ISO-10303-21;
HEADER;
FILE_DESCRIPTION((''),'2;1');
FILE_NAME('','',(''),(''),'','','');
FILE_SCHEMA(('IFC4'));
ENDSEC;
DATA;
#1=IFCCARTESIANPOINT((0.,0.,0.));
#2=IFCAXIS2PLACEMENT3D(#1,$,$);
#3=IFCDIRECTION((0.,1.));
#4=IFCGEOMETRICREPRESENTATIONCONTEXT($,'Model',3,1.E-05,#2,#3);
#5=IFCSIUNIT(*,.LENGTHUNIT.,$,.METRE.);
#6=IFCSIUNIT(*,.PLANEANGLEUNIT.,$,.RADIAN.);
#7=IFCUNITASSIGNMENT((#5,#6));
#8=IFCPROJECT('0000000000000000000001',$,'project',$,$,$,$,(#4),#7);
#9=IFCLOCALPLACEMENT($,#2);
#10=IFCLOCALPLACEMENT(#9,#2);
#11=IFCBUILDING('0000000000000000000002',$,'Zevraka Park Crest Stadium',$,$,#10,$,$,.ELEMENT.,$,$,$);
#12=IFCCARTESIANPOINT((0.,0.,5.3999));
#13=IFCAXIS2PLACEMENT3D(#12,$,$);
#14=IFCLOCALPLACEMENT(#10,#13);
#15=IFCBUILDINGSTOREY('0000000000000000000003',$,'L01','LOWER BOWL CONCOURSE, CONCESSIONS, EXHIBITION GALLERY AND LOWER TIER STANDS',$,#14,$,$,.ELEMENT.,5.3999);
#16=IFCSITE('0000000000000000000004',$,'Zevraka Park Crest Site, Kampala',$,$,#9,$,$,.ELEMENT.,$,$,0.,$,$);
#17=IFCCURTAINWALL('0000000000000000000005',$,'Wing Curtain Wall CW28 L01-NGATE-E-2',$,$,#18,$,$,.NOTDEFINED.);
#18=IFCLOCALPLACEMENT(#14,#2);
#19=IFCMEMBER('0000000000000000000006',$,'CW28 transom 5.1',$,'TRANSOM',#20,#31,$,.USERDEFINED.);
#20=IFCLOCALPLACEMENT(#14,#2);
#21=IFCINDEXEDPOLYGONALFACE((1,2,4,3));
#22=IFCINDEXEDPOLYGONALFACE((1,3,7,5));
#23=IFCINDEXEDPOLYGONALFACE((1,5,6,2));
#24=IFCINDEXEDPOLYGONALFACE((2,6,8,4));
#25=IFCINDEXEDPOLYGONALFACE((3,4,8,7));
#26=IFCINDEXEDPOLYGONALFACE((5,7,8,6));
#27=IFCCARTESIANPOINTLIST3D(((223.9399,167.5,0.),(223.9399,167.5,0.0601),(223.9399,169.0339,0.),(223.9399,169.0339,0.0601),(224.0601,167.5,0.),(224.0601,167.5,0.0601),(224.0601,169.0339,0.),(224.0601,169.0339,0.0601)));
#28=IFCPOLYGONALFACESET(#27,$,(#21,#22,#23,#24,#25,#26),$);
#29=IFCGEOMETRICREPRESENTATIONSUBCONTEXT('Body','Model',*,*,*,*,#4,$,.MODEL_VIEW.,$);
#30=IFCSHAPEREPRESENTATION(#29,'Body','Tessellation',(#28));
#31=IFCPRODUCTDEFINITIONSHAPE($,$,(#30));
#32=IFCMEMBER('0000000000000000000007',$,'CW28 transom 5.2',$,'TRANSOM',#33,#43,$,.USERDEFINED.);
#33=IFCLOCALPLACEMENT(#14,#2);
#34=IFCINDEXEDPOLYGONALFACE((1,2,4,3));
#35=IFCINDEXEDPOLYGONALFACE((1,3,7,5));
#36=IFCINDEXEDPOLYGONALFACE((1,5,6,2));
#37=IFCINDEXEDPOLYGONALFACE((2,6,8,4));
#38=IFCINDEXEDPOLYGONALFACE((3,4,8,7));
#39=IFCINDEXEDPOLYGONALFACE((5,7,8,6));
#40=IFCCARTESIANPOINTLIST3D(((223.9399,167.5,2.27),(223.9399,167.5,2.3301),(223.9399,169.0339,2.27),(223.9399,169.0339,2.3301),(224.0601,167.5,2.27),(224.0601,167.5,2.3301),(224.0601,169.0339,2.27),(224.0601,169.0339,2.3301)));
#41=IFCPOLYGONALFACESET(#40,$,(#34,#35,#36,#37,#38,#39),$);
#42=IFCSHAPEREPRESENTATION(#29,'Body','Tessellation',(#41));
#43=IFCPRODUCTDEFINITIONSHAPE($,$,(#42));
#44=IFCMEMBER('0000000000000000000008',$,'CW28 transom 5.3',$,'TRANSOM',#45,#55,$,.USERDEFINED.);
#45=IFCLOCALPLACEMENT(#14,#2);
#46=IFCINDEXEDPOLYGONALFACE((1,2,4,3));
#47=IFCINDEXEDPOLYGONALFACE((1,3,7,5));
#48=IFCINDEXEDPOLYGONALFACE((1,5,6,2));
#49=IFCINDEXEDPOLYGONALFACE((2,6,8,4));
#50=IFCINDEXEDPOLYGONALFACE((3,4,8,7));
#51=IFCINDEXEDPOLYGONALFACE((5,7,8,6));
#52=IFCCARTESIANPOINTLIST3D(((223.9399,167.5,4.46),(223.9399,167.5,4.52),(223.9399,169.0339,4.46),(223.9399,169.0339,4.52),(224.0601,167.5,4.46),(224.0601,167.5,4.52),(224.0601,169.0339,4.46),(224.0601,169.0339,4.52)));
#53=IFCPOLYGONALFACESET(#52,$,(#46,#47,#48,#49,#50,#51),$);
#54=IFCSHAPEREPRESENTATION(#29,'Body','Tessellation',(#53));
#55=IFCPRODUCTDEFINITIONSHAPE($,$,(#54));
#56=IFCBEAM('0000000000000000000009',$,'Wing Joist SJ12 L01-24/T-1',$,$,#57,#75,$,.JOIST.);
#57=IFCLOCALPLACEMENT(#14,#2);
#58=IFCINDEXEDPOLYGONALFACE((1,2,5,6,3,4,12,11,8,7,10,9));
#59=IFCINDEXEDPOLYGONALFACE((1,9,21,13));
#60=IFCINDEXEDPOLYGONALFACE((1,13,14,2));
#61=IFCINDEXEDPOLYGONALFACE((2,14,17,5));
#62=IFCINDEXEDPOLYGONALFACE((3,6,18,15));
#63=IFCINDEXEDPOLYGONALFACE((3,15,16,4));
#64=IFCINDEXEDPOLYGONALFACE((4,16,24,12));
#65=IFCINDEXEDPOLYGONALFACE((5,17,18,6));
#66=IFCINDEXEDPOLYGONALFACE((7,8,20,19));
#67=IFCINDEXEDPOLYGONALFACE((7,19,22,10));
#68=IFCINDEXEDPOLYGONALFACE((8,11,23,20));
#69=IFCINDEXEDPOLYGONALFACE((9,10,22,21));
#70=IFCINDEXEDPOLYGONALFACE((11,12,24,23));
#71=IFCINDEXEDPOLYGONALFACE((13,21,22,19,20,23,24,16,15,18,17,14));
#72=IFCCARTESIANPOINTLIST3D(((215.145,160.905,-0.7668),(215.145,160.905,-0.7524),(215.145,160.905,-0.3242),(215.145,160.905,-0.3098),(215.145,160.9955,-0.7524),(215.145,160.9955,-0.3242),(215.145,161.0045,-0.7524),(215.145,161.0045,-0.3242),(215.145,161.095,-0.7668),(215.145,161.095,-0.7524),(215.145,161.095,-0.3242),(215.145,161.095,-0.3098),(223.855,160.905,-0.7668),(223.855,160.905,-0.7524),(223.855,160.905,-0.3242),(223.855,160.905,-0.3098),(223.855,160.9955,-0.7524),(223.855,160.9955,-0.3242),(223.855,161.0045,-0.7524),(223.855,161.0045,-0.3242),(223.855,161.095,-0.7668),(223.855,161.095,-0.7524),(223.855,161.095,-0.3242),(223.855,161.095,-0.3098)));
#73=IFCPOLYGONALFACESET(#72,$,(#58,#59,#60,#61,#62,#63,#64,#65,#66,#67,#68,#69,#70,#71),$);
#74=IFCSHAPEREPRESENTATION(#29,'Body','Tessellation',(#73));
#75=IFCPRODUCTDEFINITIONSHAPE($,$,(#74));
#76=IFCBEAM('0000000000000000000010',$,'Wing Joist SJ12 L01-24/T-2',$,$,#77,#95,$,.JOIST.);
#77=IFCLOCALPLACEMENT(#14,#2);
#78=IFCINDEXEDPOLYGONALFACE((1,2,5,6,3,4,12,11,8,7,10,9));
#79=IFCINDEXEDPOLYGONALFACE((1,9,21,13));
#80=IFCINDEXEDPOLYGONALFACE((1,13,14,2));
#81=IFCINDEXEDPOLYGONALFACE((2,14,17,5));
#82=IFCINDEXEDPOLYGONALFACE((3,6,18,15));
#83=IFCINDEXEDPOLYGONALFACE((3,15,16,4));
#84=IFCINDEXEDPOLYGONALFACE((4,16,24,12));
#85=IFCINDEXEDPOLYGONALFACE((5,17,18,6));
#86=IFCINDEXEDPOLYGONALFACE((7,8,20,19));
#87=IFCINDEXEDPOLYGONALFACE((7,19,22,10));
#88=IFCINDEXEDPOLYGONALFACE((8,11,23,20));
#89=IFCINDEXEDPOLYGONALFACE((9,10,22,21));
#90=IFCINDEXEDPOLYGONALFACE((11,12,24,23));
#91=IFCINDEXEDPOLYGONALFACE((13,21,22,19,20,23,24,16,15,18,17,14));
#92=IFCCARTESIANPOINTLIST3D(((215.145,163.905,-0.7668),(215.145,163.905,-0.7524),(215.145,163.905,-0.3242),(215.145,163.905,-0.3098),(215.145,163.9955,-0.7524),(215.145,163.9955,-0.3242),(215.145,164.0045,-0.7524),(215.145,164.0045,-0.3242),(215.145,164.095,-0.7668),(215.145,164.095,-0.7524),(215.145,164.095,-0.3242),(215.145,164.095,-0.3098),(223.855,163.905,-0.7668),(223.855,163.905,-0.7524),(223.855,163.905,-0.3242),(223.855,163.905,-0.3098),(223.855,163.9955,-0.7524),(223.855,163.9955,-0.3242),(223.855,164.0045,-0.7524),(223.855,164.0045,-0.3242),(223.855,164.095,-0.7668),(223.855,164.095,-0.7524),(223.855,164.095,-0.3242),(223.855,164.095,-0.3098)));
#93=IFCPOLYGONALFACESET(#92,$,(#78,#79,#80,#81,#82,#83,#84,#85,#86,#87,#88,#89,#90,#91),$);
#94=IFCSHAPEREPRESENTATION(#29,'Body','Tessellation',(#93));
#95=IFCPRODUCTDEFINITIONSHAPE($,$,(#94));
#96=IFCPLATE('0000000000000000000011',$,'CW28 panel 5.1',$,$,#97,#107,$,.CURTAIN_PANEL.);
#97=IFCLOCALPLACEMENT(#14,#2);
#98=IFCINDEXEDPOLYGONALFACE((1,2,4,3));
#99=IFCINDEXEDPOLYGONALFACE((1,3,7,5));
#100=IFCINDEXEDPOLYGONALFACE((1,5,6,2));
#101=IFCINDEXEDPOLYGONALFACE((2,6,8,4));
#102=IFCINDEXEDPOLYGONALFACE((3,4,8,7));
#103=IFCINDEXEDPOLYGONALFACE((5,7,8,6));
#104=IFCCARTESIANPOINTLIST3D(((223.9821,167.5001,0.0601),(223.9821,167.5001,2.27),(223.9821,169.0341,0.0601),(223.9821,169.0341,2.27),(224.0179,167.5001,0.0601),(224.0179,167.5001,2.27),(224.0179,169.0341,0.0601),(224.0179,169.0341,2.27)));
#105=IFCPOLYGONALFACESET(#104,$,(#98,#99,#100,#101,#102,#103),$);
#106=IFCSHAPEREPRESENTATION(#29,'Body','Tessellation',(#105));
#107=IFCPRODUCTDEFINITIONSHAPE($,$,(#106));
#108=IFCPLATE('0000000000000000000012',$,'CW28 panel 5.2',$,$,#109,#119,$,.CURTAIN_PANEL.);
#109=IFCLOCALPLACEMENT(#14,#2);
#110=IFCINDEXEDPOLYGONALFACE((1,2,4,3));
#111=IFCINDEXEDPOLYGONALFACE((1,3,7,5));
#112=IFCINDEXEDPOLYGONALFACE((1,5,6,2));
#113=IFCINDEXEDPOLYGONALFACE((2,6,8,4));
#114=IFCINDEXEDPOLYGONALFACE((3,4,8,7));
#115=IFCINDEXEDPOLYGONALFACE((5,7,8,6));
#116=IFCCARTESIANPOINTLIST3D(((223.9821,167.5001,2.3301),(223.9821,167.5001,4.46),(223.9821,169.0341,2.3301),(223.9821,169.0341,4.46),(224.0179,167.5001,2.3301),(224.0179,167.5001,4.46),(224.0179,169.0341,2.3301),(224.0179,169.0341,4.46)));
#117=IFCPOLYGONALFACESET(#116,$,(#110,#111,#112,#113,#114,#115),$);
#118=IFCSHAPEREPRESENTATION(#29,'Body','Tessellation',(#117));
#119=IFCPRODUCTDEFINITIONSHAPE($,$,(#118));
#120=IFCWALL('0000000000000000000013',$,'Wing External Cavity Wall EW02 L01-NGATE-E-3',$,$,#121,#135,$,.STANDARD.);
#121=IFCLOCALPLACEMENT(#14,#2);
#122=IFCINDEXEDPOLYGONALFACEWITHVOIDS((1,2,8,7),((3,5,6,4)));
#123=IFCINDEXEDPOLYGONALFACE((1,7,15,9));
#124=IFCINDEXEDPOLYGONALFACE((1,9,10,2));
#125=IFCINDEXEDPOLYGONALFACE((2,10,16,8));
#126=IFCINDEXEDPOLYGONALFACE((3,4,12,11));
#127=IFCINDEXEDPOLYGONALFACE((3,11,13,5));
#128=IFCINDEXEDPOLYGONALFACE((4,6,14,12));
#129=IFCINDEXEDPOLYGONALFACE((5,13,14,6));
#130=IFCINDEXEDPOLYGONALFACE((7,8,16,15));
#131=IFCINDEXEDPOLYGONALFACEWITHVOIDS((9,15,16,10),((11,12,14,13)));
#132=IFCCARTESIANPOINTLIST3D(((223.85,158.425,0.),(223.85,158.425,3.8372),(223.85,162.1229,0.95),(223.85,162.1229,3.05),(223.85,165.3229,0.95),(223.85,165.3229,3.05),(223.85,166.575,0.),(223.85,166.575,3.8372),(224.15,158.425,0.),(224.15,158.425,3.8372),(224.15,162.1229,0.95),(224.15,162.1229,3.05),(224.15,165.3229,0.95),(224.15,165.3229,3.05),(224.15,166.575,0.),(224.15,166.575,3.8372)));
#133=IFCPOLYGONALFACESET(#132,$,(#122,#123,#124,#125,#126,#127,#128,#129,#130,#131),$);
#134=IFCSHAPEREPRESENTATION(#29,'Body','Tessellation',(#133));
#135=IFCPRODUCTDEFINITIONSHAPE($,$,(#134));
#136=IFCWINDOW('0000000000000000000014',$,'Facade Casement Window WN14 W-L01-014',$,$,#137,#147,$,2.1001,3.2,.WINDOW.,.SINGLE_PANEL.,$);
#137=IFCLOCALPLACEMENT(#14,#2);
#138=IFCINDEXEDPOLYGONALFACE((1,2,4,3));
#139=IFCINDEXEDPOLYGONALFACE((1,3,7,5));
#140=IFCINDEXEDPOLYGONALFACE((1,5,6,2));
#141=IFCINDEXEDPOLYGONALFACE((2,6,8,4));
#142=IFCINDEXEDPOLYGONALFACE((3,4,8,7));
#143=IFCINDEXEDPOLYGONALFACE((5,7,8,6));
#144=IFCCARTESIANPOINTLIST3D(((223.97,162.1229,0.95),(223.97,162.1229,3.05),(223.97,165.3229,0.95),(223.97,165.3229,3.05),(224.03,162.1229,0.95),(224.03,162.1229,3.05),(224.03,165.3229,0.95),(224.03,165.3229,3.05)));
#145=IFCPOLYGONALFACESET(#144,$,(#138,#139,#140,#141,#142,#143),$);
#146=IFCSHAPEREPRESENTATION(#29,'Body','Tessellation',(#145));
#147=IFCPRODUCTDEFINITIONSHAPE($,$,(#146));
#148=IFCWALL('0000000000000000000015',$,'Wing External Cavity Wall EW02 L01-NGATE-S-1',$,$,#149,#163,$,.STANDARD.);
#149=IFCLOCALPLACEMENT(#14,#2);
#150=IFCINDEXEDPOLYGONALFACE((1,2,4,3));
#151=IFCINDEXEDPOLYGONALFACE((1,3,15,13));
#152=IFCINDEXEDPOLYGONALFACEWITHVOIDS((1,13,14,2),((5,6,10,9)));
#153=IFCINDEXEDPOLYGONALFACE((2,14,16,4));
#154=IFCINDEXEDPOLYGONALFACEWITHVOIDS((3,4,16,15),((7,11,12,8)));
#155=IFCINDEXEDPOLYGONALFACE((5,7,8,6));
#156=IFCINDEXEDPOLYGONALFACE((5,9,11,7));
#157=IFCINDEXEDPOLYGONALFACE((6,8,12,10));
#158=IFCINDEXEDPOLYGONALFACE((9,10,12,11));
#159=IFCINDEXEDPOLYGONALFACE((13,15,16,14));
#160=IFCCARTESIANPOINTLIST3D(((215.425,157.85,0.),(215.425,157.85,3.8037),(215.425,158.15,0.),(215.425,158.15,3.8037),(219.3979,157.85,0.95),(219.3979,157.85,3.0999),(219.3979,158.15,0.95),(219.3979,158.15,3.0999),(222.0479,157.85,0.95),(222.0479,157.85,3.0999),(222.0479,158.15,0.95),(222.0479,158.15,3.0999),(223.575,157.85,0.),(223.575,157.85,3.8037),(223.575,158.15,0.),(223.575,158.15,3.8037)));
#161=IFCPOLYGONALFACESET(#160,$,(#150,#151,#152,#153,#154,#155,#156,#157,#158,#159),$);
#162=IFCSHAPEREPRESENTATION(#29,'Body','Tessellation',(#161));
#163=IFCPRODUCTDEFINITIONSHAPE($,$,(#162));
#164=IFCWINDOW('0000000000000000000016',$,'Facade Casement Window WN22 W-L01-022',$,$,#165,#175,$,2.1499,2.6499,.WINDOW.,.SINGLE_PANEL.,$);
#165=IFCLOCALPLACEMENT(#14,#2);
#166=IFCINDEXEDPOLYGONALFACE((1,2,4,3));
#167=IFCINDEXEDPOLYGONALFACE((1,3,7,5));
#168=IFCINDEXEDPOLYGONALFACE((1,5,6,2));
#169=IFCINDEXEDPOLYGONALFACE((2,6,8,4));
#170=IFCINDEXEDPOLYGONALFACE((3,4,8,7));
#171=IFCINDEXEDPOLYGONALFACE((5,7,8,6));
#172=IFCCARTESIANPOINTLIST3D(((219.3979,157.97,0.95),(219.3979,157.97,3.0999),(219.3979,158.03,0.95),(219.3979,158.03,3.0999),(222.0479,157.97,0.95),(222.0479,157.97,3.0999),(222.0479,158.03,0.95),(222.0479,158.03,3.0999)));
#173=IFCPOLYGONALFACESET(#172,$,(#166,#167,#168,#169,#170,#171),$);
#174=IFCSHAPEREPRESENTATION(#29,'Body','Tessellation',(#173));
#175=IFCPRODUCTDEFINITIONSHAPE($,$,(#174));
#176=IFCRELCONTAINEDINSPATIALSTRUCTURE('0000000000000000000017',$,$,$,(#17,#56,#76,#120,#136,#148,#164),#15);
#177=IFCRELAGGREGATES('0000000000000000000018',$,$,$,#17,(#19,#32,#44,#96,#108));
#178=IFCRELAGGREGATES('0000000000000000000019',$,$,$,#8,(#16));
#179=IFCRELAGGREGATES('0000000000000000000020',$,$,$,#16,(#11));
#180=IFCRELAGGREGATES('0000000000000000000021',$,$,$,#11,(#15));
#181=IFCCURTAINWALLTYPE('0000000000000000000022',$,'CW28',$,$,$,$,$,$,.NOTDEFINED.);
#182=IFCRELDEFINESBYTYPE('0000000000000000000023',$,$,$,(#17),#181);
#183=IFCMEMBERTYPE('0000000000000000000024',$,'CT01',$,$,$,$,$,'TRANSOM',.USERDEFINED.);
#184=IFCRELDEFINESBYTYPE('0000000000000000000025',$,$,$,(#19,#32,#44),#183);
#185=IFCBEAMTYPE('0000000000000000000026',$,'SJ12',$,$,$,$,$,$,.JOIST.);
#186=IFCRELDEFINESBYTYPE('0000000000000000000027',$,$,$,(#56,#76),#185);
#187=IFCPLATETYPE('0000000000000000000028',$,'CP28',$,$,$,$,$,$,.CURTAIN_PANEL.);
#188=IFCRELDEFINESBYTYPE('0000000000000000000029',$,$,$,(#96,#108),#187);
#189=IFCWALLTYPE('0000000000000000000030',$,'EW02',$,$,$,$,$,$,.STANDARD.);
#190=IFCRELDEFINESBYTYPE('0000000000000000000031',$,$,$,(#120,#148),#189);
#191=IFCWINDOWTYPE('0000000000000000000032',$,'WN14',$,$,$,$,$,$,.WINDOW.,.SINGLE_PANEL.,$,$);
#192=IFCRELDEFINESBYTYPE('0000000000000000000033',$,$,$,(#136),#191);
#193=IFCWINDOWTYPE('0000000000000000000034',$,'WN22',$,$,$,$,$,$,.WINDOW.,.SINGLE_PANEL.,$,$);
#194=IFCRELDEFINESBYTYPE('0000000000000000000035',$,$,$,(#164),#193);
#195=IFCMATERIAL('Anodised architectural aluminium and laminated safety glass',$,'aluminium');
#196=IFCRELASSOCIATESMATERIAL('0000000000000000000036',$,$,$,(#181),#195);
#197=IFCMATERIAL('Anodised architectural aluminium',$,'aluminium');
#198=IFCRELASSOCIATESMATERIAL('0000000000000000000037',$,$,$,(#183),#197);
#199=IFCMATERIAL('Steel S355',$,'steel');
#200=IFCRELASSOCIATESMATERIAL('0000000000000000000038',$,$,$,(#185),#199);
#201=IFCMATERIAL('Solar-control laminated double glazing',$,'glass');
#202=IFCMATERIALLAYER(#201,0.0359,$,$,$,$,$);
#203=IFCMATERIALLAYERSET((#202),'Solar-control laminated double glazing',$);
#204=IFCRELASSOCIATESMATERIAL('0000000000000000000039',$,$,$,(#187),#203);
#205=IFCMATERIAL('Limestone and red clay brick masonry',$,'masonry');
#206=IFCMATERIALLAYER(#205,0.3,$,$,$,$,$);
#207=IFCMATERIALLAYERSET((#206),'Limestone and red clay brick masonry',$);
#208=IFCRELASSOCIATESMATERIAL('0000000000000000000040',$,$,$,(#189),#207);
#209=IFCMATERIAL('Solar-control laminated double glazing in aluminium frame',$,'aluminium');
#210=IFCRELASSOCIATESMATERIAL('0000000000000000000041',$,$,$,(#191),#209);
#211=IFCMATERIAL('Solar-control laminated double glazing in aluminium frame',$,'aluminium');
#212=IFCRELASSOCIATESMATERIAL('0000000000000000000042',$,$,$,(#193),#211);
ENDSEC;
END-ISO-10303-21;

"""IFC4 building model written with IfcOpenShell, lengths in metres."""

from ifc_helpers import new_model, si_unit, direction, frame, frame_2d, origin, origin_2d, place, context, subcontext, project, spatial, rectangle, i_section, extrude, material, layer, layer_set, material_profile, profile_set, type_object, element, fill, aggregate, save


model = new_model("IFC4")

# Units and contexts
model_context = context("Model", 3, precision=1e-05, world=origin(), true_north=direction((0.0, 1.0)))
body_context = subcontext(model_context, "Body", "Model", "MODEL_VIEW")
ifc_project = project(units=[si_unit("LENGTHUNIT", "METRE"), si_unit("PLANEANGLEUNIT", "RADIAN")], contexts=[model_context])

# Site, building, storey
site_placement = place(None, origin())
site = spatial("IfcSite", under=ifc_project, at=site_placement, Name="Zevraka Park Crest Site, Kampala", CompositionType="ELEMENT", RefElevation=0.0)
building_placement = place(site_placement, origin())
building = spatial("IfcBuilding", under=site, at=building_placement, Name="Zevraka Park Crest Stadium", CompositionType="ELEMENT")
storey_placement = place(building_placement, frame((0.0, 0.0, 5.3999)))
storey = spatial("IfcBuildingStorey", under=building, at=storey_placement, Name="L01", Description="LOWER BOWL CONCOURSE, CONCESSIONS, EXHIBITION GALLERY AND LOWER TIER STANDS", CompositionType="ELEMENT", Elevation=5.3999)

# Curtain wall, members
ifc_material_1 = material(Name="Anodised architectural aluminium and laminated safety glass", Category="aluminium")
curtain_wall_type = type_object("IfcCurtainWallType", Name="CW28", PredefinedType="NOTDEFINED", material=ifc_material_1)
curtain_wall_placement = place(storey_placement, origin())
curtain_wall = element("IfcCurtainWall", 1, at=curtain_wall_placement, inside=storey, type_object=curtain_wall_type, Name="Wing Curtain Wall CW28 L01-NGATE-E-2", PredefinedType="NOTDEFINED")
ifc_material_2 = material(Name="Anodised architectural aluminium", Category="aluminium")
ifc_material_profile_1 = material_profile(ifc_material_2, rectangle(XDim=0.1201, YDim=0.0601, at=origin_2d()), Name="ALU TRANSOM 120x60")
ifc_profile_set_1 = profile_set([ifc_material_profile_1], Name="Anodised architectural aluminium")
member_type_1 = type_object("IfcMemberType", Name="CT01", ElementType="TRANSOM", PredefinedType="USERDEFINED", material=ifc_profile_set_1)
member_1_placement = place(storey_placement, frame((224.0, 169.0339, 0.03), z_axis=(0.0, -1.0, 0.0), x_axis=(1.0, 0.0, 0.0)))
member_1 = element("IfcMember", 2, at=member_1_placement, type_object=member_type_1, Name="CW28 transom 5.1", ObjectType="TRANSOM", PredefinedType="USERDEFINED", context=body_context, shape_type="SweptSolid", body=[
    extrude(rectangle(XDim=0.1201, YDim=0.0601, at=origin_2d()), origin(), (0.0, 0.0, 1.0), 1.5339),
])
member_2_placement = place(storey_placement, frame((224.0, 169.0339, 2.3), z_axis=(0.0, -1.0, 0.0), x_axis=(1.0, 0.0, 0.0)))
member_2 = element("IfcMember", 3, at=member_2_placement, type_object=member_type_1, Name="CW28 transom 5.2", ObjectType="TRANSOM", PredefinedType="USERDEFINED", context=body_context, shape_type="SweptSolid", body=[
    extrude(rectangle(XDim=0.1201, YDim=0.0601, at=origin_2d()), origin(), (0.0, 0.0, 1.0), 1.5339),
])
member_3_placement = place(storey_placement, frame((224.0, 169.0339, 4.49), z_axis=(0.0, -1.0, 0.0), x_axis=(1.0, 0.0, 0.0)))
member_3 = element("IfcMember", 4, at=member_3_placement, type_object=member_type_1, Name="CW28 transom 5.3", ObjectType="TRANSOM", PredefinedType="USERDEFINED", context=body_context, shape_type="SweptSolid", body=[
    extrude(rectangle(XDim=0.1201, YDim=0.0601, at=origin_2d()), origin(), (0.0, 0.0, 1.0), 1.5339),
])

# Beams
ifc_material_3 = material(Name="Steel S355", Category="steel")
ifc_material_profile_2 = material_profile(ifc_material_3, i_section(OverallWidth=0.1899, OverallDepth=0.457, WebThickness=0.009, FlangeThickness=0.0144, at=origin_2d()), Name="UKB 457x191x74")
ifc_profile_set_2 = profile_set([ifc_material_profile_2], Name="Steel S355")
beam_type_1 = type_object("IfcBeamType", Name="SJ12", PredefinedType="JOIST", material=ifc_profile_set_2)
for number, where, z_axis, x_axis, name in (
    (5, (215.145, 161.0, -0.5383), (1.0, 0.0, 0.0), (0.0, 1.0, 0.0), "Wing Joist SJ12 L01-24/T-1"),
    (6, (215.145, 164.0, -0.5383), (1.0, 0.0, 0.0), (0.0, 1.0, 0.0), "Wing Joist SJ12 L01-24/T-2"),
):
    element("IfcBeam", number, at=place(storey_placement, frame(where, z_axis=z_axis, x_axis=x_axis)), inside=storey, type_object=beam_type_1, Name=name, PredefinedType="JOIST", context=body_context, shape_type="SweptSolid", body=[
        extrude(i_section(OverallWidth=0.1899, OverallDepth=0.457, WebThickness=0.009, FlangeThickness=0.0144, at=origin_2d()), origin(), (0.0, 0.0, 1.0), 8.71),
    ])

# Plates
ifc_material_4 = material(Name="Solar-control laminated double glazing", Category="glass")
ifc_layer_1 = layer(ifc_material_4, 0.0359)
ifc_layer_set_1 = layer_set([ifc_layer_1], Name="Solar-control laminated double glazing")
plate_type = type_object("IfcPlateType", Name="CP28", PredefinedType="CURTAIN_PANEL", material=ifc_layer_set_1)
plate_1_placement = place(storey_placement, frame((224.0, 168.2671, 0.0601), z_axis=(0.0, 0.0, 1.0), x_axis=(0.0, -1.0, 0.0)))
plate_1 = element("IfcPlate", 7, at=plate_1_placement, type_object=plate_type, Name="CW28 panel 5.1", PredefinedType="CURTAIN_PANEL", context=body_context, shape_type="SweptSolid", body=[
    extrude(rectangle(XDim=1.5339, YDim=0.0359, at=origin_2d()), origin(), (0.0, 0.0, 1.0), 2.21),
])
plate_2_placement = place(storey_placement, frame((224.0, 168.2671, 2.3301), z_axis=(0.0, 0.0, 1.0), x_axis=(0.0, -1.0, 0.0)))
plate_2 = element("IfcPlate", 8, at=plate_2_placement, type_object=plate_type, Name="CW28 panel 5.2", PredefinedType="CURTAIN_PANEL", context=body_context, shape_type="SweptSolid", body=[
    extrude(rectangle(XDim=1.5339, YDim=0.0359, at=origin_2d()), origin(), (0.0, 0.0, 1.0), 2.1299),
])
aggregate(curtain_wall, [member_1, member_2, member_3, plate_1, plate_2])

# Walls, openings, windows
ifc_material_5 = material(Name="Limestone and red clay brick masonry", Category="masonry")
ifc_layer_2 = layer(ifc_material_5, 0.3)
ifc_layer_set_2 = layer_set([ifc_layer_2], Name="Limestone and red clay brick masonry")
wall_type = type_object("IfcWallType", Name="EW02", PredefinedType="STANDARD", material=ifc_layer_set_2)
wall_1_placement = place(storey_placement, frame((224.0, 166.575, 0.0), z_axis=(0.0, 0.0, 1.0), x_axis=(0.0, -1.0, 0.0)))
wall_1 = element("IfcWall", 9, at=wall_1_placement, inside=storey, type_object=wall_type, Name="Wing External Cavity Wall EW02 L01-NGATE-E-3", PredefinedType="STANDARD", context=body_context, shape_type="SweptSolid", body=[
    extrude(rectangle(XDim=8.1499, YDim=0.3, at=frame_2d((4.075, 0.0))), origin(), (0.0, 0.0, 1.0), 3.8372),
])
opening_1_placement = place(wall_1_placement, frame((1.252, 0.0, 0.95)))
opening_1 = element("IfcOpeningElement", 10, at=opening_1_placement, cuts=wall_1, PredefinedType="OPENING", context=body_context, shape_type="SweptSolid", body=[
    extrude(rectangle(XDim=3.2, YDim=2.1001, at=frame_2d((1.6001, 1.05))), frame((0.0, 0.1599, 0.0), z_axis=(0.0, -1.0, 0.0), x_axis=(1.0, 0.0, 0.0)), (0.0, 0.0, 1.0), 0.3201),
])
ifc_material_6 = material(Name="Solar-control laminated double glazing in aluminium frame", Category="aluminium")
window_type_1 = type_object("IfcWindowType", Name="WN14", PartitioningType="SINGLE_PANEL", PredefinedType="WINDOW", material=ifc_material_6)
window_1_placement = place(opening_1_placement, origin())
window_1 = element("IfcWindow", 11, at=window_1_placement, inside=storey, type_object=window_type_1, Name="Facade Casement Window WN14 W-L01-014", OverallHeight=2.1001, OverallWidth=3.2, PartitioningType="SINGLE_PANEL", PredefinedType="WINDOW", context=body_context, shape_type="SweptSolid", body=[
    extrude(rectangle(XDim=3.2, YDim=2.1001, at=frame_2d((1.6001, 1.05))), frame((0.0, 0.03, 0.0), z_axis=(0.0, -1.0, 0.0), x_axis=(1.0, 0.0, 0.0)), (0.0, 0.0, 1.0), 0.0601),
])
fill(opening_1, window_1)
wall_2_placement = place(storey_placement, frame((223.575, 158.0, 0.0), z_axis=(0.0, 0.0, 1.0), x_axis=(-1.0, 0.0, 0.0)))
wall_2 = element("IfcWall", 12, at=wall_2_placement, inside=storey, type_object=wall_type, Name="Wing External Cavity Wall EW02 L01-NGATE-S-1", PredefinedType="STANDARD", context=body_context, shape_type="SweptSolid", body=[
    extrude(rectangle(XDim=8.1499, YDim=0.3, at=frame_2d((4.075, 0.0))), origin(), (0.0, 0.0, 1.0), 3.8037),
])
opening_2_placement = place(wall_2_placement, frame((1.5271, 0.0, 0.95)))
opening_2 = element("IfcOpeningElement", 13, at=opening_2_placement, cuts=wall_2, PredefinedType="OPENING", context=body_context, shape_type="SweptSolid", body=[
    extrude(rectangle(XDim=2.6499, YDim=2.1499, at=frame_2d((1.325, 1.075))), frame((0.0, 0.1599, 0.0), z_axis=(0.0, -1.0, 0.0), x_axis=(1.0, 0.0, 0.0)), (0.0, 0.0, 1.0), 0.3201),
])
ifc_material_7 = material(Name="Solar-control laminated double glazing in aluminium frame", Category="aluminium")
window_type_2 = type_object("IfcWindowType", Name="WN22", PartitioningType="SINGLE_PANEL", PredefinedType="WINDOW", material=ifc_material_7)
window_2_placement = place(opening_2_placement, origin())
window_2 = element("IfcWindow", 14, at=window_2_placement, inside=storey, type_object=window_type_2, Name="Facade Casement Window WN22 W-L01-022", OverallHeight=2.1499, OverallWidth=2.6499, PartitioningType="SINGLE_PANEL", PredefinedType="WINDOW", context=body_context, shape_type="SweptSolid", body=[
    extrude(rectangle(XDim=2.6499, YDim=2.1499, at=frame_2d((1.325, 1.075))), frame((0.0, 0.03, 0.0), z_axis=(0.0, -1.0, 0.0), x_axis=(1.0, 0.0, 0.0)), (0.0, 0.0, 1.0), 0.0601),
])
fill(opening_2, window_2)

save(model, "model.ifc")
